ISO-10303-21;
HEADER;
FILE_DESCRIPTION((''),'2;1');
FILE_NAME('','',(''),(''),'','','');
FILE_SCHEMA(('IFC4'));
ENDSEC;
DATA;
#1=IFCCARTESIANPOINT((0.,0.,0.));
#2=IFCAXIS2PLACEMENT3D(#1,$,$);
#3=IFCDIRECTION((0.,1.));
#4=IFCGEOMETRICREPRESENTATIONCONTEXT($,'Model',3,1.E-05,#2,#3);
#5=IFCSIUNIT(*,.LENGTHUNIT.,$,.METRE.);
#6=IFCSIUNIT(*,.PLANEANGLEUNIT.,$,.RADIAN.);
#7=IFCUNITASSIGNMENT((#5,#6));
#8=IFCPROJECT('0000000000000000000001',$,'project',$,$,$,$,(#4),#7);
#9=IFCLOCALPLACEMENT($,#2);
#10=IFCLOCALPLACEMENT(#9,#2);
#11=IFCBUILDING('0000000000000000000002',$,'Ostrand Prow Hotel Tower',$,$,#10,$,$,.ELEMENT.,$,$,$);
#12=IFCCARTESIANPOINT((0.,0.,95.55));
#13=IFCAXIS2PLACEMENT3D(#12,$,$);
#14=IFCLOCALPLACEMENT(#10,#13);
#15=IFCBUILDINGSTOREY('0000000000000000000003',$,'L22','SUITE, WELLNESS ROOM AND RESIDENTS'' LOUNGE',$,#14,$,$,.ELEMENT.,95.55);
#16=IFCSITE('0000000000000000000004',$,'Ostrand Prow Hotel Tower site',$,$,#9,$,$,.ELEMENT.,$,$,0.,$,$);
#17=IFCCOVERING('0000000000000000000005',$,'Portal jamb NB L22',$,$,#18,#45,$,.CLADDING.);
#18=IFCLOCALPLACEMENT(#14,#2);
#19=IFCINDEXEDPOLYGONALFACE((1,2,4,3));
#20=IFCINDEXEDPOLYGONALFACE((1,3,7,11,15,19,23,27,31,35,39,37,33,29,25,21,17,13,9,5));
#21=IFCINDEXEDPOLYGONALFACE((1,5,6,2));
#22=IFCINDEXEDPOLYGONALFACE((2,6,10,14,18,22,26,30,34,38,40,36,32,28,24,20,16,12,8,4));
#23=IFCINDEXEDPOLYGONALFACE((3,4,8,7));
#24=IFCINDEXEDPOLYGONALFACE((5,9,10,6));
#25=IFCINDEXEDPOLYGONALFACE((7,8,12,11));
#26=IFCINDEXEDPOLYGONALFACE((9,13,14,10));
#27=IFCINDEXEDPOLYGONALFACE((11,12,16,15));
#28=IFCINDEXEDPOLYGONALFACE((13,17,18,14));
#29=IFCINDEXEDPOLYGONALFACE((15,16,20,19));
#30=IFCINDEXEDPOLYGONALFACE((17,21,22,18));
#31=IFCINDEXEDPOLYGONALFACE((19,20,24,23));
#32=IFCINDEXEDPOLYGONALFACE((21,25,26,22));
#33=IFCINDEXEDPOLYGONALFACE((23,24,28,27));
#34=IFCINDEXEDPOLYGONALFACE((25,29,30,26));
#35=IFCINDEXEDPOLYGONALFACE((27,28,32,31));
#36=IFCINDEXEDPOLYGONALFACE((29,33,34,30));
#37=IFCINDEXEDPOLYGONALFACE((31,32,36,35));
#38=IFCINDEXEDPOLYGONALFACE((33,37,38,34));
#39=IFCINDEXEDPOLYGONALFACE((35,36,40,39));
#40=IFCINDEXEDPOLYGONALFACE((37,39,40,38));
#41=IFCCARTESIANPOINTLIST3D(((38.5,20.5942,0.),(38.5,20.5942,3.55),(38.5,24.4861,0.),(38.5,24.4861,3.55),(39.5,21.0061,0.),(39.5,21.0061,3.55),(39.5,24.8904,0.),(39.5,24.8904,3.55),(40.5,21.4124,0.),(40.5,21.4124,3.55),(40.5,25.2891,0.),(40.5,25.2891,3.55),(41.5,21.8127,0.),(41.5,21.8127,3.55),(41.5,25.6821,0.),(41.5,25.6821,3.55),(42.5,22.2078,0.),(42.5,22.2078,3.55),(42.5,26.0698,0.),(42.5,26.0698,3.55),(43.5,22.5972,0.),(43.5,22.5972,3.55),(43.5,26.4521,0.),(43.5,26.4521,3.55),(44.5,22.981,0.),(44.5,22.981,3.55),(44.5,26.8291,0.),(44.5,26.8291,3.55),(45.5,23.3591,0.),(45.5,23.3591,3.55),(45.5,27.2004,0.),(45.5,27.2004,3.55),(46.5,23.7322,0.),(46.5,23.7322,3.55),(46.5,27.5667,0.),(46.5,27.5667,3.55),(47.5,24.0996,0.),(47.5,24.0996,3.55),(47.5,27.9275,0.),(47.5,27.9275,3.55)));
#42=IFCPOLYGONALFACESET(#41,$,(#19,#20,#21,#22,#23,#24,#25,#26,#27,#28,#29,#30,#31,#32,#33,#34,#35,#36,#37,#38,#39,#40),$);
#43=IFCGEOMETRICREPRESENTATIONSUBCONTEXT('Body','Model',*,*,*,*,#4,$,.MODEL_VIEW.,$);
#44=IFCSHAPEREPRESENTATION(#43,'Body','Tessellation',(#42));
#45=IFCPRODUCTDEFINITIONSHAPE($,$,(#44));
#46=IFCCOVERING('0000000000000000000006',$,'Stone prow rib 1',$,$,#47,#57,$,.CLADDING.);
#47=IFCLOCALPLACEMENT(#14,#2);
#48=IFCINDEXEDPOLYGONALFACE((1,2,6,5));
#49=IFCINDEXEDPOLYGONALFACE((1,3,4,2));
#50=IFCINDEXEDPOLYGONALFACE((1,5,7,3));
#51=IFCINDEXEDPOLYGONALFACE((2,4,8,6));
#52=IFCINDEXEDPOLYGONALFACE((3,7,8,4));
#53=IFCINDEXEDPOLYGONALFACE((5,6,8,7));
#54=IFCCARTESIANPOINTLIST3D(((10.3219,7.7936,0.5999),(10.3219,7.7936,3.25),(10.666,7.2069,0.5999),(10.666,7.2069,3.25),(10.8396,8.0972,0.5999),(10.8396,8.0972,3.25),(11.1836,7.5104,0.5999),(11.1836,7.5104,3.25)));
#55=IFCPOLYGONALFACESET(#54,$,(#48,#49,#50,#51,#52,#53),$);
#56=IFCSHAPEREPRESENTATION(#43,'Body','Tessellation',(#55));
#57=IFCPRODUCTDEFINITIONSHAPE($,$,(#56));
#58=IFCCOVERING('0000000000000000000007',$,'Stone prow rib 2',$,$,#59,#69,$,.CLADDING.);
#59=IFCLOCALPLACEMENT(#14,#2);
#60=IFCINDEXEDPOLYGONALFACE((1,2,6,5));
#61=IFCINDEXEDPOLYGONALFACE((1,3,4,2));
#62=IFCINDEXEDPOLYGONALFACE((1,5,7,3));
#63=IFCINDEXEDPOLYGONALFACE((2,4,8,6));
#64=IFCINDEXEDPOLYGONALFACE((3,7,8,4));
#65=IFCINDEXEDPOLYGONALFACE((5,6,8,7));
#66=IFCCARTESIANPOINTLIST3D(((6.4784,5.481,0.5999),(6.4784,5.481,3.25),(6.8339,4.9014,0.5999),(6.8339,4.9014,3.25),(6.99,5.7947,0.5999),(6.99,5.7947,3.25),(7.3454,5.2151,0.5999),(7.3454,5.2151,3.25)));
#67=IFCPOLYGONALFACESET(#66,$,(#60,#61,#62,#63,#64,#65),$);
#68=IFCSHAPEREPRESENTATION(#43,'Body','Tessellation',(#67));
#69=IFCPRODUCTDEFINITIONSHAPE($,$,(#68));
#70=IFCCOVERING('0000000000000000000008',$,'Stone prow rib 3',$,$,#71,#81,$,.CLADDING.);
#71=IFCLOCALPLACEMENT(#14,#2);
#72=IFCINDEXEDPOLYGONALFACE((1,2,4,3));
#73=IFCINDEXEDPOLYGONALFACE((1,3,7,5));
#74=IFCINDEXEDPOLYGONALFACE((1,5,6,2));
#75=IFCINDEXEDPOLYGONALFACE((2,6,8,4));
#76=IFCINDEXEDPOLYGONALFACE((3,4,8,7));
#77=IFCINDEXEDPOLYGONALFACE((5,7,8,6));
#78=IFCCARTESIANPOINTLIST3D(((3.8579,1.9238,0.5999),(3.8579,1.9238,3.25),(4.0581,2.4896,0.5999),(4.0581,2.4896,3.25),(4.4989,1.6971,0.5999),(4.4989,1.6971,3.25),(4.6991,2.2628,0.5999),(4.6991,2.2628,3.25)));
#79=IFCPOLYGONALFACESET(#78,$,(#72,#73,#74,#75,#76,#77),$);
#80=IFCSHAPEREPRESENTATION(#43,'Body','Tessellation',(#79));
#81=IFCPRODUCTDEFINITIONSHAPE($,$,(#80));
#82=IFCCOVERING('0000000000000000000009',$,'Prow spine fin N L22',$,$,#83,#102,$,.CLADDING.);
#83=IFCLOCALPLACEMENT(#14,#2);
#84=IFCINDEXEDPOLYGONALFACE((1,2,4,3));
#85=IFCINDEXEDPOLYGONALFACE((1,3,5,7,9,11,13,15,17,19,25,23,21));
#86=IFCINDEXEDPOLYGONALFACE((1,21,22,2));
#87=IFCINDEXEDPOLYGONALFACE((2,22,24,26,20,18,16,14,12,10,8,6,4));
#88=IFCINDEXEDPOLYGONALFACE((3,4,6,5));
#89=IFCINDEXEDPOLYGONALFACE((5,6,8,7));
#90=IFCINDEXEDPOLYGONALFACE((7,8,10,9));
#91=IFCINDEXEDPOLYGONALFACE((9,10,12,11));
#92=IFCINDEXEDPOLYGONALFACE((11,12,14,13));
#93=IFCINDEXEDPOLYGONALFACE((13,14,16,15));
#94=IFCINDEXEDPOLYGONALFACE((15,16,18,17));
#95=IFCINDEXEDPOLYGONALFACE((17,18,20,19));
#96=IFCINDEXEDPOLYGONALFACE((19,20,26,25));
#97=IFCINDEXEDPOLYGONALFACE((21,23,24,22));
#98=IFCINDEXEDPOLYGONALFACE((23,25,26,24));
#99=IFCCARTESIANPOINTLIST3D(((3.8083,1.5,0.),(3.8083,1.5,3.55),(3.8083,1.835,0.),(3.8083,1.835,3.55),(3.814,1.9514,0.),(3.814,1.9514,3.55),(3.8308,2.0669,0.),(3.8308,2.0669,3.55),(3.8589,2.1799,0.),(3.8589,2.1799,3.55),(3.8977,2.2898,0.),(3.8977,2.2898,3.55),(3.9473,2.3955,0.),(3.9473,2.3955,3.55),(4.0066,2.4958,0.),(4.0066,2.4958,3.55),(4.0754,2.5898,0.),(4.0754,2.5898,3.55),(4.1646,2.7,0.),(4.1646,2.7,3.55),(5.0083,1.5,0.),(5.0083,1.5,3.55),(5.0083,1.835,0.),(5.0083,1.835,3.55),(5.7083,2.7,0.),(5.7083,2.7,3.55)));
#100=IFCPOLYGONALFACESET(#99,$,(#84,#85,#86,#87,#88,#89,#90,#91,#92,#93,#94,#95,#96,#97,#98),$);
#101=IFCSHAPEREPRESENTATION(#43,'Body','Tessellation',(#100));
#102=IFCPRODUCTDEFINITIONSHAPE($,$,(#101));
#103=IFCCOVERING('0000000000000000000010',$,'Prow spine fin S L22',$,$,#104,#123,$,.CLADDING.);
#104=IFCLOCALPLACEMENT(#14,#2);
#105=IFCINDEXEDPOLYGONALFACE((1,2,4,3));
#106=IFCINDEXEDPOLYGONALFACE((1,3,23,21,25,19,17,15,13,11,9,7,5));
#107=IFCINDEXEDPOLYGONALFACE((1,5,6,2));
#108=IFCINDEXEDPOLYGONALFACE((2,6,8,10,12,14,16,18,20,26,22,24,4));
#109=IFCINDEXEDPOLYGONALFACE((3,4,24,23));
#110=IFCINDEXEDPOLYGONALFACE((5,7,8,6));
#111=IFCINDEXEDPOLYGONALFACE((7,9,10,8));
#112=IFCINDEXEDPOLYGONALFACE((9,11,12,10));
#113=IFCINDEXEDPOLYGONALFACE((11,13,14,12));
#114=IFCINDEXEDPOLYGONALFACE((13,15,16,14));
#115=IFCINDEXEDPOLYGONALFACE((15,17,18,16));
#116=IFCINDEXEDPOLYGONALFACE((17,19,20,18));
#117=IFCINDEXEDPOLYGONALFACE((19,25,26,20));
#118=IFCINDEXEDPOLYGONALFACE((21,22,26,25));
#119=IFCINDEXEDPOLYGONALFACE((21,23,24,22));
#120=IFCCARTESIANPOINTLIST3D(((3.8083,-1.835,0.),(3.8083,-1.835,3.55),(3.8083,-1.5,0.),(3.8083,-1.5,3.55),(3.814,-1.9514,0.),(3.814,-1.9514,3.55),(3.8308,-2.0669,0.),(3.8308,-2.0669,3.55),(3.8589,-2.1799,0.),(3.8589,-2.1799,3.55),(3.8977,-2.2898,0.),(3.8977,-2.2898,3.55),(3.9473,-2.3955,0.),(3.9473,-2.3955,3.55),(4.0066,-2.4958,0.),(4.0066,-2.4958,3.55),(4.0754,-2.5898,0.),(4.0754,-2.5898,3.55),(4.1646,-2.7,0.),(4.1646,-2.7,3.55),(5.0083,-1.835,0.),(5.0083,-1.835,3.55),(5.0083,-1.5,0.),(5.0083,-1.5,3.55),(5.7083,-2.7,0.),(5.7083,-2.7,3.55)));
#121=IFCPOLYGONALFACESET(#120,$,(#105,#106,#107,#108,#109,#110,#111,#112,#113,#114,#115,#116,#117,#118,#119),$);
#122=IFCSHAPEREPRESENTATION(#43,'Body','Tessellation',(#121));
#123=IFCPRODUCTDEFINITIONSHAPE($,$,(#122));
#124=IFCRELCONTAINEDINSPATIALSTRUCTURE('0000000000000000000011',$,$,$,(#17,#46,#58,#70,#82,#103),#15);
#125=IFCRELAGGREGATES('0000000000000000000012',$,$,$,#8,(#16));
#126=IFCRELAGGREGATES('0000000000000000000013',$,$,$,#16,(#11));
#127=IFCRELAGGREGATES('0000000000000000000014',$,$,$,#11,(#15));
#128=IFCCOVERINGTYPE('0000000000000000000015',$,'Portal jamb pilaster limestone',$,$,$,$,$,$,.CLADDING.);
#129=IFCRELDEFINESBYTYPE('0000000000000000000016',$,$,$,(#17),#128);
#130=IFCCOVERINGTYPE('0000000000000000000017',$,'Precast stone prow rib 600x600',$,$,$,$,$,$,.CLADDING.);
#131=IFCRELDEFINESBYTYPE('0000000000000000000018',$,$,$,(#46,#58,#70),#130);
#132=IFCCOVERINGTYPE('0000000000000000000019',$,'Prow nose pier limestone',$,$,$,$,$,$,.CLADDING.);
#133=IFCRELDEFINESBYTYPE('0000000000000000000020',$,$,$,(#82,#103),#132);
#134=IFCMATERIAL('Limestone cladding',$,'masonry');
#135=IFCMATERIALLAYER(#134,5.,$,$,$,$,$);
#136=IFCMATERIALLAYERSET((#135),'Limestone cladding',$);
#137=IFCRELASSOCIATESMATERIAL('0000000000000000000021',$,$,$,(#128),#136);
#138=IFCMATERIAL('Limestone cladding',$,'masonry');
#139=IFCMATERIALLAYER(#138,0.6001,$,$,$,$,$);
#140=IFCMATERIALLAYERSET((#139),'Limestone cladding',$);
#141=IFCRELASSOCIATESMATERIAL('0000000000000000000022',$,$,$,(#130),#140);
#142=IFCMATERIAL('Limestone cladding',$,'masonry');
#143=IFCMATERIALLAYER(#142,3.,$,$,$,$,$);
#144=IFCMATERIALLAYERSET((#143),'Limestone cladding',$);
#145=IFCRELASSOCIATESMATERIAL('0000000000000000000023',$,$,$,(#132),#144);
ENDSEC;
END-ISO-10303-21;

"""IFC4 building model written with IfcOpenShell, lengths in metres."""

from ifc_helpers import new_model, si_unit, direction, frame, frame_2d, origin, place, context, subcontext, project, spatial, polyline, rectangle, outline, extrude, material, layer, layer_set, type_object, element, save


model = new_model("IFC4")

# Units and contexts
model_context = context("Model", 3, precision=1e-05, world=origin(), true_north=direction((0.0, 1.0)))
body_context = subcontext(model_context, "Body", "Model", "MODEL_VIEW")
ifc_project = project(units=[si_unit("LENGTHUNIT", "METRE"), si_unit("PLANEANGLEUNIT", "RADIAN")], contexts=[model_context])

# Site, building, storey
site_placement = place(None, origin())
site = spatial("IfcSite", under=ifc_project, at=site_placement, Name="Ostrand Prow Hotel Tower site", CompositionType="ELEMENT", RefElevation=0.0)
building_placement = place(site_placement, origin())
building = spatial("IfcBuilding", under=site, at=building_placement, Name="Ostrand Prow Hotel Tower", CompositionType="ELEMENT")
storey_placement = place(building_placement, frame((0.0, 0.0, 95.55)))
storey = spatial("IfcBuildingStorey", under=building, at=storey_placement, Name="L22", Description="SUITE, WELLNESS ROOM AND RESIDENTS' LOUNGE", CompositionType="ELEMENT", Elevation=95.55)

# Coverings
ifc_material_1 = material(Name="Limestone cladding", Category="masonry")
ifc_layer_1 = layer(ifc_material_1, 5.0)
ifc_layer_set_1 = layer_set([ifc_layer_1], Name="Limestone cladding")
covering_type_1 = type_object("IfcCoveringType", Name="Portal jamb pilaster limestone", PredefinedType="CLADDING", material=ifc_layer_set_1)
covering_1_placement = place(storey_placement, origin())
element("IfcCovering", 1, at=covering_1_placement, inside=storey, type_object=covering_type_1, Name="Portal jamb NB L22", PredefinedType="CLADDING", context=body_context, shape_type="SweptSolid", body=[
    extrude(outline(polyline([(38.5, 20.5942), (39.5, 21.0061), (40.5, 21.4124), (41.5, 21.8127), (42.5, 22.2078), (43.5, 22.5972), (44.5, 22.981), (45.5, 23.3591), (46.5, 23.7322), (47.5, 24.0996), (47.5, 27.9275), (46.5, 27.5667), (45.5, 27.2004), (44.5, 26.8291), (43.5, 26.4521), (42.5, 26.0698), (41.5, 25.6821), (40.5, 25.2891), (39.5, 24.8904), (38.5, 24.4861), (38.5, 20.5942)])), origin(), (0.0, 0.0, 1.0), 3.55),
])
ifc_material_2 = material(Name="Limestone cladding", Category="masonry")
ifc_layer_2 = layer(ifc_material_2, 0.6001)
ifc_layer_set_2 = layer_set([ifc_layer_2], Name="Limestone cladding")
covering_type_2 = type_object("IfcCoveringType", Name="Precast stone prow rib 600x600", PredefinedType="CLADDING", material=ifc_layer_set_2)
covering_2_placement = place(storey_placement, frame((10.9248, 7.3586, 0.5999), z_axis=(0.0, 0.0, 1.0), x_axis=(-0.505812, 0.862644, 0.0)))
element("IfcCovering", 2, at=covering_2_placement, inside=storey, type_object=covering_type_2, Name="Stone prow rib 1", PredefinedType="CLADDING", context=body_context, shape_type="SweptSolid", body=[
    extrude(rectangle(XDim=0.6802, YDim=0.6001, at=frame_2d((0.3401, 0.0))), origin(), (0.0, 0.0, 1.0), 2.6501),
])
for number, where, z_axis, x_axis, name in (
    (3, (7.0896, 5.0583, 0.5999), (0.0, 0.0, 1.0), (-0.522815, 0.852446, 0.0), "Stone prow rib 2"),
    (4, (4.5989, 1.98, 0.5999), (0.0, 0.0, 1.0), (-0.942745, 0.333515, 0.0), "Stone prow rib 3"),
):
    element("IfcCovering", number, at=place(storey_placement, frame(where, z_axis=z_axis, x_axis=x_axis)), inside=storey, type_object=covering_type_2, Name=name, PredefinedType="CLADDING", context=body_context, shape_type="SweptSolid", body=[
        extrude(rectangle(XDim=0.6799, YDim=0.6001, at=frame_2d((0.3398, 0.0))), origin(), (0.0, 0.0, 1.0), 2.6501),
    ])
ifc_material_3 = material(Name="Limestone cladding", Category="masonry")
ifc_layer_3 = layer(ifc_material_3, 3.0)
ifc_layer_set_3 = layer_set([ifc_layer_3], Name="Limestone cladding")
covering_type_3 = type_object("IfcCoveringType", Name="Prow nose pier limestone", PredefinedType="CLADDING", material=ifc_layer_set_3)
covering_3_placement = place(storey_placement, origin())
element("IfcCovering", 5, at=covering_3_placement, inside=storey, type_object=covering_type_3, Name="Prow spine fin N L22", PredefinedType="CLADDING", context=body_context, shape_type="SweptSolid", body=[
    extrude(outline(polyline([(3.8083, 1.835), (3.8083, 1.5), (5.0083, 1.5), (5.0083, 1.835), (5.7083, 2.7), (4.1646, 2.7), (4.0754, 2.5898), (4.0066, 2.4958), (3.9473, 2.3955), (3.8977, 2.2898), (3.8589, 2.1799), (3.8308, 2.0669), (3.814, 1.9514), (3.8083, 1.835)])), origin(), (0.0, 0.0, 1.0), 3.55),
])
covering_4_placement = place(storey_placement, origin())
element("IfcCovering", 6, at=covering_4_placement, inside=storey, type_object=covering_type_3, Name="Prow spine fin S L22", PredefinedType="CLADDING", context=body_context, shape_type="SweptSolid", body=[
    extrude(outline(polyline([(4.0754, -2.5898), (4.1646, -2.7), (5.7083, -2.7), (5.0083, -1.835), (5.0083, -1.5), (3.8083, -1.5), (3.8083, -1.835), (3.814, -1.9514), (3.8308, -2.0669), (3.8589, -2.1799), (3.8977, -2.2898), (3.9473, -2.3955), (4.0066, -2.4958), (4.0754, -2.5898)])), origin(), (0.0, 0.0, 1.0), 3.55),
])

save(model, "model.ifc")
